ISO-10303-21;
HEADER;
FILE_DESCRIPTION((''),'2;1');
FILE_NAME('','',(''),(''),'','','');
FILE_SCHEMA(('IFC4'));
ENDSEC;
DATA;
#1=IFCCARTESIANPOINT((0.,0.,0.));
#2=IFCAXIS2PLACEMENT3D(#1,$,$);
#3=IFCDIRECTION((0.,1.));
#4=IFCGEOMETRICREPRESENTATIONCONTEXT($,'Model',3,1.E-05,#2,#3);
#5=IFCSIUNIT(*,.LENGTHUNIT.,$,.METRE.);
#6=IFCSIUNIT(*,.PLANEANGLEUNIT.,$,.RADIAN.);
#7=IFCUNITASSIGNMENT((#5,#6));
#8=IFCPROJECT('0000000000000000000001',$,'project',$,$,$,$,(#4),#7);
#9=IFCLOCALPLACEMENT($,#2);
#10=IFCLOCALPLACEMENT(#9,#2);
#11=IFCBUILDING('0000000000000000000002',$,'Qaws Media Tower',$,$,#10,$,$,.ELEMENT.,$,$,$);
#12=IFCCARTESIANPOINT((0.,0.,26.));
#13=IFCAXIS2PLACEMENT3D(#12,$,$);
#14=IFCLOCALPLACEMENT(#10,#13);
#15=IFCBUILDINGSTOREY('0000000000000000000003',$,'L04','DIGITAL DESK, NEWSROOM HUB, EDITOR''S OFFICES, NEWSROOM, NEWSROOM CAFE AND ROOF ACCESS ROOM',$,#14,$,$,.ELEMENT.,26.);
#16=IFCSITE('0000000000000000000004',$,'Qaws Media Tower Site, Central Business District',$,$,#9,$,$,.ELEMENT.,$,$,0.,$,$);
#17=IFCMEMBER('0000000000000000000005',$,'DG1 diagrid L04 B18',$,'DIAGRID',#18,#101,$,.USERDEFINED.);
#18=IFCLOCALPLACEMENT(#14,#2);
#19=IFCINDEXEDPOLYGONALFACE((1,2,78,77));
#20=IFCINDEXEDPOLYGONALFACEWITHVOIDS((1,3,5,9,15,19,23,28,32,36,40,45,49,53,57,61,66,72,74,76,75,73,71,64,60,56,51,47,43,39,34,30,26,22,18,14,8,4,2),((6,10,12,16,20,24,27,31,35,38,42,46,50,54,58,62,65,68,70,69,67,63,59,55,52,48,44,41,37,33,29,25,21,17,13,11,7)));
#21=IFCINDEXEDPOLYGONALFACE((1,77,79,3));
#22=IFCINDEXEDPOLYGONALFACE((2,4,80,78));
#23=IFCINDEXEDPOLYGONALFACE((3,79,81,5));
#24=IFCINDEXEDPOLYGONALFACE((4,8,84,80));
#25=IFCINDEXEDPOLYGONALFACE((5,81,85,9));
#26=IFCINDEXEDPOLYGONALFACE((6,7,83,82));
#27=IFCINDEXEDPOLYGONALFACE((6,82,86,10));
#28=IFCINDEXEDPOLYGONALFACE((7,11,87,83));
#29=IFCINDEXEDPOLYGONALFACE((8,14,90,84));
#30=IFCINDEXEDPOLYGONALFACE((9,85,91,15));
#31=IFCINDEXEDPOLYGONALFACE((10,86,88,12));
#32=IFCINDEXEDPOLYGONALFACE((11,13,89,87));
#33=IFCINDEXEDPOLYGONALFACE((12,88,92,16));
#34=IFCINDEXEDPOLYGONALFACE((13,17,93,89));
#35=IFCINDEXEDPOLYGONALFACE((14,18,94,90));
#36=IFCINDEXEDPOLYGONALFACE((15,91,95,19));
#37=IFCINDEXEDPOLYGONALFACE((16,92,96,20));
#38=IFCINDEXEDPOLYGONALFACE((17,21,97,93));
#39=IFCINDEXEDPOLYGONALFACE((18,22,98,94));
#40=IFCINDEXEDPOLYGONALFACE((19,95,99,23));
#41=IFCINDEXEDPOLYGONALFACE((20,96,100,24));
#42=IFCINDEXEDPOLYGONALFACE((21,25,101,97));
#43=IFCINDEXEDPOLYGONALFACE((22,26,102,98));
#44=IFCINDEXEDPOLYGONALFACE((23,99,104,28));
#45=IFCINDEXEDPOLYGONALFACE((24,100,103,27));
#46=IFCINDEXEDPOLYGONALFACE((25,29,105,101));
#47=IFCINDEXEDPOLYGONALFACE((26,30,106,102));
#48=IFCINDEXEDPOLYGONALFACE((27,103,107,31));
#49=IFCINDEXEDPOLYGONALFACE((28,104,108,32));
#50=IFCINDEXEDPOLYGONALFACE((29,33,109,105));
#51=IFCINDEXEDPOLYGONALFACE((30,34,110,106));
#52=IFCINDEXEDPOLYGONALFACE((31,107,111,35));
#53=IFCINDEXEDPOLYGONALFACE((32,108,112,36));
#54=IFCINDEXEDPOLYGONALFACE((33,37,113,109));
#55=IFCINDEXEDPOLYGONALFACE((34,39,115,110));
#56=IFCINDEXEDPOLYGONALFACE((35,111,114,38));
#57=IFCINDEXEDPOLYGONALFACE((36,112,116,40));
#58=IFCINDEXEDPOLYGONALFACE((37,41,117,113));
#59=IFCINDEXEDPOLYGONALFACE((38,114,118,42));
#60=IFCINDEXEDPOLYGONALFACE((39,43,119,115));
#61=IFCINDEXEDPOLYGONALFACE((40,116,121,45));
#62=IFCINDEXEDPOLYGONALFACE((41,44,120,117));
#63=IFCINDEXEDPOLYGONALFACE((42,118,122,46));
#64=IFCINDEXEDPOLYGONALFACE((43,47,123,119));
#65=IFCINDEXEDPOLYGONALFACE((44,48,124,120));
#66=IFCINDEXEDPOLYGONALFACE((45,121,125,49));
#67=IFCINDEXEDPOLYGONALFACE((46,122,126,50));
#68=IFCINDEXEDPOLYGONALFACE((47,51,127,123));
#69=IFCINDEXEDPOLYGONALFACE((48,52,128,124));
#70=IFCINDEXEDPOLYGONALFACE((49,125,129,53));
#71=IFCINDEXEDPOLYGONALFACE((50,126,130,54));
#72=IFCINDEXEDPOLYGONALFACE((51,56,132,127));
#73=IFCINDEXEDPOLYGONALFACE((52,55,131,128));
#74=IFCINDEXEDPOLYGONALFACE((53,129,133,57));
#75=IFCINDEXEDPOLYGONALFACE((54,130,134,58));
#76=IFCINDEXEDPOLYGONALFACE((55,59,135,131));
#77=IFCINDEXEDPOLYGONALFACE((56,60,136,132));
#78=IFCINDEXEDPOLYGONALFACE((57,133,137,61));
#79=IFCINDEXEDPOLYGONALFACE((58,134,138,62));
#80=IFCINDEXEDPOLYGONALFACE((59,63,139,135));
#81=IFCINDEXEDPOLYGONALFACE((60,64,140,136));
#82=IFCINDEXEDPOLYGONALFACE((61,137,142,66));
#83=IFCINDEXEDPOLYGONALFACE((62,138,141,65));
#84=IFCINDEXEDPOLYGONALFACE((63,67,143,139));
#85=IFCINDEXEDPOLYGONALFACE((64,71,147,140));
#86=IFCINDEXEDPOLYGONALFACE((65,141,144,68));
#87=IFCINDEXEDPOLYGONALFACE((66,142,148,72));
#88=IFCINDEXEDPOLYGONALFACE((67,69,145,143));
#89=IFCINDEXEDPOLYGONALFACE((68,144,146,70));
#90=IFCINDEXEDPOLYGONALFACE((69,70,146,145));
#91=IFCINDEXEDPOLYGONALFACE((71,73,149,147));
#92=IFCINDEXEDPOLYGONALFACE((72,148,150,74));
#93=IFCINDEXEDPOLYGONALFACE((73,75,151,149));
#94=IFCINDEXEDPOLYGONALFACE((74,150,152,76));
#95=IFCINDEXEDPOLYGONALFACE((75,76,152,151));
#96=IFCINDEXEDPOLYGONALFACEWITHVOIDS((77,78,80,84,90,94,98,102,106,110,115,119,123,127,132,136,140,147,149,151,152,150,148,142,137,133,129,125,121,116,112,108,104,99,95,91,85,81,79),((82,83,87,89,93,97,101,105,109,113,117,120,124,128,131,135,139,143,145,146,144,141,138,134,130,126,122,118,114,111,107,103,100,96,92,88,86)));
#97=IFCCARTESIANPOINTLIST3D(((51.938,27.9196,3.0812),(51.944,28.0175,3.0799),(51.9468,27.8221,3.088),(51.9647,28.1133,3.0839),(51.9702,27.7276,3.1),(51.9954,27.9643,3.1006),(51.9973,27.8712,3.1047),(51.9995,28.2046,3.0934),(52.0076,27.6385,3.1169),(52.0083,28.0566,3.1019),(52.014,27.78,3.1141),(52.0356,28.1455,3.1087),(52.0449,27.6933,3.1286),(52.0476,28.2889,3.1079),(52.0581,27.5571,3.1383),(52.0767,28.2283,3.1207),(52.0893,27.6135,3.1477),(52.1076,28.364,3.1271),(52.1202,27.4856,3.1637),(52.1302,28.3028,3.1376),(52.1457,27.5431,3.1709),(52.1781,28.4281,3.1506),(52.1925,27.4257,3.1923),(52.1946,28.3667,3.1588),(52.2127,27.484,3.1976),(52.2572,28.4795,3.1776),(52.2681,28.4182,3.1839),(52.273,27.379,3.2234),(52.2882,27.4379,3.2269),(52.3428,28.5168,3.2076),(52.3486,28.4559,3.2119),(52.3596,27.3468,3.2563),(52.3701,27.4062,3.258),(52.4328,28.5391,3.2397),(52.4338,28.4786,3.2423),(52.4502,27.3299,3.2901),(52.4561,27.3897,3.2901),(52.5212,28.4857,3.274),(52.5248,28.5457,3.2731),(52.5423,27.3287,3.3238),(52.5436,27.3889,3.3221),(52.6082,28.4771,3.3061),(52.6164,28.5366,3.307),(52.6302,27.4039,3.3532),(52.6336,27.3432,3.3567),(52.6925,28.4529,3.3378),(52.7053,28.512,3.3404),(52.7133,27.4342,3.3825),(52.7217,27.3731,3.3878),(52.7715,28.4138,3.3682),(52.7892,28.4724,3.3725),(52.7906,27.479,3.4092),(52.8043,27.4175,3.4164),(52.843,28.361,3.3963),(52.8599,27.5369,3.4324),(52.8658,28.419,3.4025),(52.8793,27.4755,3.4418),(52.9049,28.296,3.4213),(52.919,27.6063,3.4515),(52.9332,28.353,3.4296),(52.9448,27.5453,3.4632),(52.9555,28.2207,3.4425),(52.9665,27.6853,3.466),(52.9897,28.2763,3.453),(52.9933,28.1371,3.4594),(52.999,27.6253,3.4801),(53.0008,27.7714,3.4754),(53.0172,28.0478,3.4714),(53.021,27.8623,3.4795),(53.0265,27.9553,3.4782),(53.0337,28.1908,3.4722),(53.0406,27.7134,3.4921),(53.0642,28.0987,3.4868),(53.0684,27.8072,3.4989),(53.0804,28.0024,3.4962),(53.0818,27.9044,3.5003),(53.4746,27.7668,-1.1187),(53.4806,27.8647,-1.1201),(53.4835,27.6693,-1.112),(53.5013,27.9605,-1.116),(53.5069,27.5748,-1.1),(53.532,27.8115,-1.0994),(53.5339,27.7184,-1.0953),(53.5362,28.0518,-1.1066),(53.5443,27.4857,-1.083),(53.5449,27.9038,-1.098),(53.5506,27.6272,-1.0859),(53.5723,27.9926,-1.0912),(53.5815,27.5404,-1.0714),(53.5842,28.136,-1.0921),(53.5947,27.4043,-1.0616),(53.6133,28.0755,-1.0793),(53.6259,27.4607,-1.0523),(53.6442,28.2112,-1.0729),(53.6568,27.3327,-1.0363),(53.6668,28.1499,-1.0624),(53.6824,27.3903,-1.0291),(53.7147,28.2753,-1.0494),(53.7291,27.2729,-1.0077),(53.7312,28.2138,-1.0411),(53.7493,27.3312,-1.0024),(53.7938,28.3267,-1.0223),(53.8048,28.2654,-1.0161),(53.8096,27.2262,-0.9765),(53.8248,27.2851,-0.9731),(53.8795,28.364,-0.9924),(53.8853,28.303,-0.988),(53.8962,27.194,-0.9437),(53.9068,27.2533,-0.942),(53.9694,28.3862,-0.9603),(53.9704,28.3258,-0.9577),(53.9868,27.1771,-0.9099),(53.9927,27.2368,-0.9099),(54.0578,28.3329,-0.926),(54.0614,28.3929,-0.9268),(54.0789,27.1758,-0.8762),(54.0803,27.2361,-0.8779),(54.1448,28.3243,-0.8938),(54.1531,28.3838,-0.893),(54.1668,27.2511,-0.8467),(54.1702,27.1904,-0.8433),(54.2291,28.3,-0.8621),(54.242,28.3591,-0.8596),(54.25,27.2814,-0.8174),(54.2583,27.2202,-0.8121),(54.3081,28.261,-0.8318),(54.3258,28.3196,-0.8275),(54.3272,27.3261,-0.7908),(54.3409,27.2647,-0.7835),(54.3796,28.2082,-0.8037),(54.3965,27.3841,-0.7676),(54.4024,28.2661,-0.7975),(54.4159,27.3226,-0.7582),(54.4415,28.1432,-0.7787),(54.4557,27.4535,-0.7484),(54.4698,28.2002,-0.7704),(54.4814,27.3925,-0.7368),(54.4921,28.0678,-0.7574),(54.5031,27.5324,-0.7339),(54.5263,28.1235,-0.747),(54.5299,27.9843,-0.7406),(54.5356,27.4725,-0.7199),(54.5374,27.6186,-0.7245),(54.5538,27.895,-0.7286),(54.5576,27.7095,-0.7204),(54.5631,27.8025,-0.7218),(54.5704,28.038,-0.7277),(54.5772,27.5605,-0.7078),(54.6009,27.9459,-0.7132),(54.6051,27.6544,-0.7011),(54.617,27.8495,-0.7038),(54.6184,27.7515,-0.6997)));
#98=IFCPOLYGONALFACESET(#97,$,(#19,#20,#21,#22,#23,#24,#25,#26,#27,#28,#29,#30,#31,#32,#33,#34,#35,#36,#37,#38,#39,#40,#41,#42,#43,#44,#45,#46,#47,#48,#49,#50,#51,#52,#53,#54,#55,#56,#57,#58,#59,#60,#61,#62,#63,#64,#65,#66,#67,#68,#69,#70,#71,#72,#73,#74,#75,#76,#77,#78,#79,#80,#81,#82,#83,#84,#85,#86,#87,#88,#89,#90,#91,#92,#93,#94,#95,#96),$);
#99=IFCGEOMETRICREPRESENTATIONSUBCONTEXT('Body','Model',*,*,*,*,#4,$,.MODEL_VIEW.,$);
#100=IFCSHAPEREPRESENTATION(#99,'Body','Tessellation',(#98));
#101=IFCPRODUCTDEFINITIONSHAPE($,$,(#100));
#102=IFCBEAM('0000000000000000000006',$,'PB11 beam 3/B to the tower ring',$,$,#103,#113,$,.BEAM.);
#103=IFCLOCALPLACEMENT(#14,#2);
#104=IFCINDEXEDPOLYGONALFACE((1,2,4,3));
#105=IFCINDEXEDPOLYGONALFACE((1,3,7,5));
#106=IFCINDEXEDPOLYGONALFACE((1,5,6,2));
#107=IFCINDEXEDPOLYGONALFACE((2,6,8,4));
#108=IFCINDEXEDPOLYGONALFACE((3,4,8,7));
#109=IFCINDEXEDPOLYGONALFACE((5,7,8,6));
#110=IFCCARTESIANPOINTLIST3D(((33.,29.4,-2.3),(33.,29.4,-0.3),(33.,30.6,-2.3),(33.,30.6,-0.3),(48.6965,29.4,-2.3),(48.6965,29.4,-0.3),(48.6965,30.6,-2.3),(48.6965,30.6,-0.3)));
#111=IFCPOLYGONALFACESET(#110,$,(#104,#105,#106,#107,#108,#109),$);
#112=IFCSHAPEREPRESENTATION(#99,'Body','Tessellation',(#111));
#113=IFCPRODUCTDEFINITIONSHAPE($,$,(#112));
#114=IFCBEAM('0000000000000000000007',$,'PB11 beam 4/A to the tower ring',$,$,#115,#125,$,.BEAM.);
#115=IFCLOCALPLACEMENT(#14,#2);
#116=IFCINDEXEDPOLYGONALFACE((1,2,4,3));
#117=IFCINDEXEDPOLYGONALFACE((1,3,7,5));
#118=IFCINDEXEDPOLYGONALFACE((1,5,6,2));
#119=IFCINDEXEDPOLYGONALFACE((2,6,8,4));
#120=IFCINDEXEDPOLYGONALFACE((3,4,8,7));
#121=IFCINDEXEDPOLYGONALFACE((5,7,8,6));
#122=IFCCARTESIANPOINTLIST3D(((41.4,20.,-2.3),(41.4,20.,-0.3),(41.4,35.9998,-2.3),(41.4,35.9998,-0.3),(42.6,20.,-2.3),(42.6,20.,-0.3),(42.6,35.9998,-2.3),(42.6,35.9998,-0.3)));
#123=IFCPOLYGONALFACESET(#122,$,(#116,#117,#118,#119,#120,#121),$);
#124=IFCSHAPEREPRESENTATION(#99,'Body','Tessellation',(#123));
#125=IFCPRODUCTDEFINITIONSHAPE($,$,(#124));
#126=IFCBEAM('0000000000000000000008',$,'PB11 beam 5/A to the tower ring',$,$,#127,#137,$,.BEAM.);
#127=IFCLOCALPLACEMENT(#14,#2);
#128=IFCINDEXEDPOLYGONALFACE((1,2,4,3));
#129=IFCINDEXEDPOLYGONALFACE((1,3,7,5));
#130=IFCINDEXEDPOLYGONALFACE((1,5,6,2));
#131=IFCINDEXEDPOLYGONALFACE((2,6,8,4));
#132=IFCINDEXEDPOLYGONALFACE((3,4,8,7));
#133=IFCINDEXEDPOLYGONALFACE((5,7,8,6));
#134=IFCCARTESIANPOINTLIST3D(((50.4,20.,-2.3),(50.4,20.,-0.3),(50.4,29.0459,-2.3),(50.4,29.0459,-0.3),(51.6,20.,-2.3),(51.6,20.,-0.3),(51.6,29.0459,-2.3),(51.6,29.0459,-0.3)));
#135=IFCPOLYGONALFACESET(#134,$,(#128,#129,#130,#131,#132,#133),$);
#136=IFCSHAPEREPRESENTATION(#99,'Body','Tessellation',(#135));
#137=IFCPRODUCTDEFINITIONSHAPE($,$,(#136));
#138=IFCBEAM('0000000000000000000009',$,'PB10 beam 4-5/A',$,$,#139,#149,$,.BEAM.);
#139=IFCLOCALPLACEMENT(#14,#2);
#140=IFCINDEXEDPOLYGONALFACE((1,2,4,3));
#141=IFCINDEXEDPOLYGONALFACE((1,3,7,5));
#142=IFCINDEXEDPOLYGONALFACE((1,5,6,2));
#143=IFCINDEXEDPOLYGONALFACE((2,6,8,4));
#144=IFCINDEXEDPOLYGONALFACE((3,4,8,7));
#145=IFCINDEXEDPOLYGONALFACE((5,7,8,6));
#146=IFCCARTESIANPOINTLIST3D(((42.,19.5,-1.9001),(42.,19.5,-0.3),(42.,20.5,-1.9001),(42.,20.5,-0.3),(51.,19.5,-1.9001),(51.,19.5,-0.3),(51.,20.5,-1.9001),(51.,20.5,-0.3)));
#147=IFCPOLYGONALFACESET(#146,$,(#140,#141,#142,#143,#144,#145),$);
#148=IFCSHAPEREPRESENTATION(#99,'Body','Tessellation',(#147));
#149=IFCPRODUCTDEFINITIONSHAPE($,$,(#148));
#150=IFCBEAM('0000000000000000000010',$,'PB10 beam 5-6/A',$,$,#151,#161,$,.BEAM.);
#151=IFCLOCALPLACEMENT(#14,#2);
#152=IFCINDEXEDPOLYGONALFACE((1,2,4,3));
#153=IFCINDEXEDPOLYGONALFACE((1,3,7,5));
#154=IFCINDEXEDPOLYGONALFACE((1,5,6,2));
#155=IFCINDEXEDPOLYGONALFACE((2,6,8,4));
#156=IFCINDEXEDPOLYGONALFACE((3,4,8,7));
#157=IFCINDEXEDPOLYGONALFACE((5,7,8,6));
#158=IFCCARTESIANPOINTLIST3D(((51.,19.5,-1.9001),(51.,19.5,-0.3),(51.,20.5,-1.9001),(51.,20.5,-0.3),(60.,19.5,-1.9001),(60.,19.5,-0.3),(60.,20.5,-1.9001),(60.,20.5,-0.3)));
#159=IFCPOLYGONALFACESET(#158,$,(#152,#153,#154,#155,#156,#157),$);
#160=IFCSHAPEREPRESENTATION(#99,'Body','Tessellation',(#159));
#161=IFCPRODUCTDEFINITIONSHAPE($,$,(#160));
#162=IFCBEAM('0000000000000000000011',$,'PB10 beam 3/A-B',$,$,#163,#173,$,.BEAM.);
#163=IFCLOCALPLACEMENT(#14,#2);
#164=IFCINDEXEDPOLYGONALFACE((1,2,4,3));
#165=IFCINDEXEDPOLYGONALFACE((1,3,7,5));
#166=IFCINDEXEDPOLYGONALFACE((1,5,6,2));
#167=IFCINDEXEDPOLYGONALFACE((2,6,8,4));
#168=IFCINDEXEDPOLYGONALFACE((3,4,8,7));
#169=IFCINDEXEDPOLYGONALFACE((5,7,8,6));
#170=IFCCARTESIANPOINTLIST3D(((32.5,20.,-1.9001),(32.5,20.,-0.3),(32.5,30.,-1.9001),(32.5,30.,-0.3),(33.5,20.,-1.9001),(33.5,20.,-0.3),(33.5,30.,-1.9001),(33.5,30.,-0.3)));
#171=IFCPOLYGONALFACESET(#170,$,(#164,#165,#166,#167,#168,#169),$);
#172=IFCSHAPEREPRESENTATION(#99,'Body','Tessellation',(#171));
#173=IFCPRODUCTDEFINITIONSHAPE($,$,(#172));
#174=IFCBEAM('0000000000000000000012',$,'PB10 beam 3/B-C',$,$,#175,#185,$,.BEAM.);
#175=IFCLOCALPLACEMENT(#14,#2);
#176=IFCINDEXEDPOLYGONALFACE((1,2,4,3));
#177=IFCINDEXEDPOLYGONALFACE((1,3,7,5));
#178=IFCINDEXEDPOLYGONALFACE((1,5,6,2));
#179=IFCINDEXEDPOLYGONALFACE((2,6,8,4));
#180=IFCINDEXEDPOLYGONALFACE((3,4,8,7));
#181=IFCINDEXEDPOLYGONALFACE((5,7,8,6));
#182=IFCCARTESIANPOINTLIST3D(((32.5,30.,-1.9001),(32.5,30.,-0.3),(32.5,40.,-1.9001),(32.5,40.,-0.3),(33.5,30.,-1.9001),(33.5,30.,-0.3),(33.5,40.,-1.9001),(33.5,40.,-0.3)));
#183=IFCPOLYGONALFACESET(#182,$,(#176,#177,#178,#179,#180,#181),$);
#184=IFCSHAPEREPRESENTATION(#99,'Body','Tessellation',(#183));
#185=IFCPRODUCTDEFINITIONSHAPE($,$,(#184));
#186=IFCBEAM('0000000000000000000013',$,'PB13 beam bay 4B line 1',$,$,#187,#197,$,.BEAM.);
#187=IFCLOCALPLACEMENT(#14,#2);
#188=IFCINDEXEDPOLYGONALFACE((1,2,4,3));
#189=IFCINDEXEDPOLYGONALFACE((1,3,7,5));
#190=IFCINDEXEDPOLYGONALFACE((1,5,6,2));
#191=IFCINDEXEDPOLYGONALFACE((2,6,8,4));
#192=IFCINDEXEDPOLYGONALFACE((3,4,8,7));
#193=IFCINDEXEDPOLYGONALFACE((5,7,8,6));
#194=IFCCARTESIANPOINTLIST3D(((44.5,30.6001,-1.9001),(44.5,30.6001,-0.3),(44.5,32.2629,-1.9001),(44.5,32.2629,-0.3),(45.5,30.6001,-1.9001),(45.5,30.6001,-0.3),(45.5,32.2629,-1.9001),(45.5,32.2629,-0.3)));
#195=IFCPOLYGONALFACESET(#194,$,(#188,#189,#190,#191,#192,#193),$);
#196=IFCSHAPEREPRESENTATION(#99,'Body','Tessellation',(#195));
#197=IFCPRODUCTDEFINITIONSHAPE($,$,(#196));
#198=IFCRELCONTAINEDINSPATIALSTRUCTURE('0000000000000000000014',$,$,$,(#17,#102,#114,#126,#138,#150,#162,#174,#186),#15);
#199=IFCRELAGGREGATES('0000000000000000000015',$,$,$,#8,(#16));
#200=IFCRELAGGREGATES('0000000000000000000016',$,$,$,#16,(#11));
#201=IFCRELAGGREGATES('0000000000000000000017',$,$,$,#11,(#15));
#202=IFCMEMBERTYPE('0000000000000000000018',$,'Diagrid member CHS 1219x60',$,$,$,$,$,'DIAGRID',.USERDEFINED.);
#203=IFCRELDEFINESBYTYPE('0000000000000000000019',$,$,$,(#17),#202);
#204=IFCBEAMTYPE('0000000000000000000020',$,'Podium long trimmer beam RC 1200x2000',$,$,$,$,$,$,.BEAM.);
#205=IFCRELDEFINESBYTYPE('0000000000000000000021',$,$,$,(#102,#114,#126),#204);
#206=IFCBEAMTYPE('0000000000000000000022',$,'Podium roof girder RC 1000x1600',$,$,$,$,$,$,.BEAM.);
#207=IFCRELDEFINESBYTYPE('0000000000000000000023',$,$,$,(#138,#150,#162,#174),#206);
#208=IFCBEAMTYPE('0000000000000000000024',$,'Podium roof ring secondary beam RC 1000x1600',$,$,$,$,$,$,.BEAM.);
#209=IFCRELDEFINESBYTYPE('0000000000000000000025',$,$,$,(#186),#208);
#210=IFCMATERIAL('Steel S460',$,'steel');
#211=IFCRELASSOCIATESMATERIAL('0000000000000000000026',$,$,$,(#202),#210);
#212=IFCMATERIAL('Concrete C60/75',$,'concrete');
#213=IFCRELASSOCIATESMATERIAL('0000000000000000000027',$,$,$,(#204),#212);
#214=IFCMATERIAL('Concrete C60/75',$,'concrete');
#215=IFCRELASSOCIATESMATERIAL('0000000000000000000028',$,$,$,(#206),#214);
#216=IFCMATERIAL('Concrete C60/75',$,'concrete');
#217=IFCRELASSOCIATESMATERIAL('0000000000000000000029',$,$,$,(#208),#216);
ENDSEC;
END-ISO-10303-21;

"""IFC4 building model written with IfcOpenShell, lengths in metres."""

from ifc_helpers import new_model, si_unit, direction, frame, origin, origin_2d, place, context, subcontext, project, spatial, rectangle, hollow_circle, extrude, material, material_profile, profile_set, type_object, element, save


model = new_model("IFC4")

# Units and contexts
model_context = context("Model", 3, precision=1e-05, world=origin(), true_north=direction((0.0, 1.0)))
body_context = subcontext(model_context, "Body", "Model", "MODEL_VIEW")
ifc_project = project(units=[si_unit("LENGTHUNIT", "METRE"), si_unit("PLANEANGLEUNIT", "RADIAN")], contexts=[model_context])

# Site, building, storey
site_placement = place(None, origin())
site = spatial("IfcSite", under=ifc_project, at=site_placement, Name="Qaws Media Tower Site, Central Business District", CompositionType="ELEMENT", RefElevation=0.0)
building_placement = place(site_placement, origin())
building = spatial("IfcBuilding", under=site, at=building_placement, Name="Qaws Media Tower", CompositionType="ELEMENT")
storey_placement = place(building_placement, frame((0.0, 0.0, 26.0)))
storey = spatial("IfcBuildingStorey", under=building, at=storey_placement, Name="L04", Description="DIGITAL DESK, NEWSROOM HUB, EDITOR'S OFFICES, NEWSROOM, NEWSROOM CAFE AND ROOF ACCESS ROOM", CompositionType="ELEMENT", Elevation=26.0)

# Member
ifc_material_1 = material(Name="Steel S460", Category="steel")
ifc_material_profile_1 = material_profile(ifc_material_1, hollow_circle(Radius=0.6096, WallThickness=0.0601, at=origin_2d()), Name="CHS 1219x60")
ifc_profile_set_1 = profile_set([ifc_material_profile_1], Name="Steel S460")
member_type_1 = type_object("IfcMemberType", Name="Diagrid member CHS 1219x60", ElementType="DIAGRID", PredefinedType="USERDEFINED", material=ifc_profile_set_1)
for number, where, z_axis, x_axis, name in (
    (1, (54.0471, 27.7837, -0.9099), (-0.343392, 0.034154, 0.938571), (-0.098971, -0.99509, 0.0), "DG1 diagrid L04 B18"),
):
    element("IfcMember", number, at=place(storey_placement, frame(where, z_axis=z_axis, x_axis=x_axis)), inside=storey, type_object=member_type_1, Name=name, ObjectType="DIAGRID", PredefinedType="USERDEFINED", context=body_context, shape_type="SweptSolid", body=[
        extrude(hollow_circle(Radius=0.6096, WallThickness=0.0601, at=origin_2d()), origin(), (0.0, 0.0, 1.0), 4.4749),
    ])

# Beams
ifc_material_2 = material(Name="Concrete C60/75", Category="concrete")
ifc_material_profile_2 = material_profile(ifc_material_2, rectangle(XDim=1.2, YDim=2.0, at=origin_2d()), Name="RC 1200x2000")
ifc_profile_set_2 = profile_set([ifc_material_profile_2], Name="Concrete C60/75")
beam_type_1 = type_object("IfcBeamType", Name="Podium long trimmer beam RC 1200x2000", PredefinedType="BEAM", material=ifc_profile_set_2)
beam_1_placement = place(storey_placement, frame((33.0, 30.0, -1.3), z_axis=(1.0, 0.0, 0.0), x_axis=(0.0, 1.0, 0.0)))
element("IfcBeam", 2, at=beam_1_placement, inside=storey, type_object=beam_type_1, Name="PB11 beam 3/B to the tower ring", PredefinedType="BEAM", context=body_context, shape_type="SweptSolid", body=[
    extrude(rectangle(XDim=1.2, YDim=2.0, at=origin_2d()), origin(), (0.0, 0.0, 1.0), 15.6965),
])
beam_2_placement = place(storey_placement, frame((42.0, 20.0, -1.3), z_axis=(0.0, 1.0, 0.0), x_axis=(-1.0, 0.0, 0.0)))
element("IfcBeam", 3, at=beam_2_placement, inside=storey, type_object=beam_type_1, Name="PB11 beam 4/A to the tower ring", PredefinedType="BEAM", context=body_context, shape_type="SweptSolid", body=[
    extrude(rectangle(XDim=1.2, YDim=2.0, at=origin_2d()), origin(), (0.0, 0.0, 1.0), 15.9998),
])
beam_3_placement = place(storey_placement, frame((51.0, 20.0, -1.3), z_axis=(0.0, 1.0, 0.0), x_axis=(-1.0, 0.0, 0.0)))
element("IfcBeam", 4, at=beam_3_placement, inside=storey, type_object=beam_type_1, Name="PB11 beam 5/A to the tower ring", PredefinedType="BEAM", context=body_context, shape_type="SweptSolid", body=[
    extrude(rectangle(XDim=1.2, YDim=2.0, at=origin_2d()), origin(), (0.0, 0.0, 1.0), 9.0459),
])
ifc_material_3 = material(Name="Concrete C60/75", Category="concrete")
ifc_material_profile_3 = material_profile(ifc_material_3, rectangle(XDim=1.0, YDim=1.6001, at=origin_2d()), Name="RC 1000x1600")
ifc_profile_set_3 = profile_set([ifc_material_profile_3], Name="Concrete C60/75")
beam_type_2 = type_object("IfcBeamType", Name="Podium roof girder RC 1000x1600", PredefinedType="BEAM", material=ifc_profile_set_3)
for number, where, z_axis, x_axis, name in (
    (5, (42.0, 20.0, -1.1001), (1.0, 0.0, 0.0), (0.0, 1.0, 0.0), "PB10 beam 4-5/A"),
    (6, (51.0, 20.0, -1.1001), (1.0, 0.0, 0.0), (0.0, 1.0, 0.0), "PB10 beam 5-6/A"),
):
    element("IfcBeam", number, at=place(storey_placement, frame(where, z_axis=z_axis, x_axis=x_axis)), inside=storey, type_object=beam_type_2, Name=name, PredefinedType="BEAM", context=body_context, shape_type="SweptSolid", body=[
        extrude(rectangle(XDim=1.0, YDim=1.6001, at=origin_2d()), origin(), (0.0, 0.0, 1.0), 9.0),
    ])
for number, where, z_axis, x_axis, name in (
    (7, (33.0, 20.0, -1.1001), (0.0, 1.0, 0.0), (-1.0, 0.0, 0.0), "PB10 beam 3/A-B"),
    (8, (33.0, 30.0, -1.1001), (0.0, 1.0, 0.0), (-1.0, 0.0, 0.0), "PB10 beam 3/B-C"),
):
    element("IfcBeam", number, at=place(storey_placement, frame(where, z_axis=z_axis, x_axis=x_axis)), inside=storey, type_object=beam_type_2, Name=name, PredefinedType="BEAM", context=body_context, shape_type="SweptSolid", body=[
        extrude(rectangle(XDim=1.0, YDim=1.6001, at=origin_2d()), origin(), (0.0, 0.0, 1.0), 10.0),
    ])
ifc_material_4 = material(Name="Concrete C60/75", Category="concrete")
ifc_material_profile_4 = material_profile(ifc_material_4, rectangle(XDim=1.0, YDim=1.6001, at=origin_2d()), Name="RC 1000x1600")
ifc_profile_set_4 = profile_set([ifc_material_profile_4], Name="Concrete C60/75")
beam_type_3 = type_object("IfcBeamType", Name="Podium roof ring secondary beam RC 1000x1600", PredefinedType="BEAM", material=ifc_profile_set_4)
beam_4_placement = place(storey_placement, frame((45.0, 30.6001, -1.1001), z_axis=(0.0, 1.0, 0.0), x_axis=(-1.0, 0.0, 0.0)))
element("IfcBeam", 9, at=beam_4_placement, inside=storey, type_object=beam_type_3, Name="PB13 beam bay 4B line 1", PredefinedType="BEAM", context=body_context, shape_type="SweptSolid", body=[
    extrude(rectangle(XDim=1.0, YDim=1.6001, at=origin_2d()), origin(), (0.0, 0.0, 1.0), 1.6628),
])

save(model, "model.ifc")
